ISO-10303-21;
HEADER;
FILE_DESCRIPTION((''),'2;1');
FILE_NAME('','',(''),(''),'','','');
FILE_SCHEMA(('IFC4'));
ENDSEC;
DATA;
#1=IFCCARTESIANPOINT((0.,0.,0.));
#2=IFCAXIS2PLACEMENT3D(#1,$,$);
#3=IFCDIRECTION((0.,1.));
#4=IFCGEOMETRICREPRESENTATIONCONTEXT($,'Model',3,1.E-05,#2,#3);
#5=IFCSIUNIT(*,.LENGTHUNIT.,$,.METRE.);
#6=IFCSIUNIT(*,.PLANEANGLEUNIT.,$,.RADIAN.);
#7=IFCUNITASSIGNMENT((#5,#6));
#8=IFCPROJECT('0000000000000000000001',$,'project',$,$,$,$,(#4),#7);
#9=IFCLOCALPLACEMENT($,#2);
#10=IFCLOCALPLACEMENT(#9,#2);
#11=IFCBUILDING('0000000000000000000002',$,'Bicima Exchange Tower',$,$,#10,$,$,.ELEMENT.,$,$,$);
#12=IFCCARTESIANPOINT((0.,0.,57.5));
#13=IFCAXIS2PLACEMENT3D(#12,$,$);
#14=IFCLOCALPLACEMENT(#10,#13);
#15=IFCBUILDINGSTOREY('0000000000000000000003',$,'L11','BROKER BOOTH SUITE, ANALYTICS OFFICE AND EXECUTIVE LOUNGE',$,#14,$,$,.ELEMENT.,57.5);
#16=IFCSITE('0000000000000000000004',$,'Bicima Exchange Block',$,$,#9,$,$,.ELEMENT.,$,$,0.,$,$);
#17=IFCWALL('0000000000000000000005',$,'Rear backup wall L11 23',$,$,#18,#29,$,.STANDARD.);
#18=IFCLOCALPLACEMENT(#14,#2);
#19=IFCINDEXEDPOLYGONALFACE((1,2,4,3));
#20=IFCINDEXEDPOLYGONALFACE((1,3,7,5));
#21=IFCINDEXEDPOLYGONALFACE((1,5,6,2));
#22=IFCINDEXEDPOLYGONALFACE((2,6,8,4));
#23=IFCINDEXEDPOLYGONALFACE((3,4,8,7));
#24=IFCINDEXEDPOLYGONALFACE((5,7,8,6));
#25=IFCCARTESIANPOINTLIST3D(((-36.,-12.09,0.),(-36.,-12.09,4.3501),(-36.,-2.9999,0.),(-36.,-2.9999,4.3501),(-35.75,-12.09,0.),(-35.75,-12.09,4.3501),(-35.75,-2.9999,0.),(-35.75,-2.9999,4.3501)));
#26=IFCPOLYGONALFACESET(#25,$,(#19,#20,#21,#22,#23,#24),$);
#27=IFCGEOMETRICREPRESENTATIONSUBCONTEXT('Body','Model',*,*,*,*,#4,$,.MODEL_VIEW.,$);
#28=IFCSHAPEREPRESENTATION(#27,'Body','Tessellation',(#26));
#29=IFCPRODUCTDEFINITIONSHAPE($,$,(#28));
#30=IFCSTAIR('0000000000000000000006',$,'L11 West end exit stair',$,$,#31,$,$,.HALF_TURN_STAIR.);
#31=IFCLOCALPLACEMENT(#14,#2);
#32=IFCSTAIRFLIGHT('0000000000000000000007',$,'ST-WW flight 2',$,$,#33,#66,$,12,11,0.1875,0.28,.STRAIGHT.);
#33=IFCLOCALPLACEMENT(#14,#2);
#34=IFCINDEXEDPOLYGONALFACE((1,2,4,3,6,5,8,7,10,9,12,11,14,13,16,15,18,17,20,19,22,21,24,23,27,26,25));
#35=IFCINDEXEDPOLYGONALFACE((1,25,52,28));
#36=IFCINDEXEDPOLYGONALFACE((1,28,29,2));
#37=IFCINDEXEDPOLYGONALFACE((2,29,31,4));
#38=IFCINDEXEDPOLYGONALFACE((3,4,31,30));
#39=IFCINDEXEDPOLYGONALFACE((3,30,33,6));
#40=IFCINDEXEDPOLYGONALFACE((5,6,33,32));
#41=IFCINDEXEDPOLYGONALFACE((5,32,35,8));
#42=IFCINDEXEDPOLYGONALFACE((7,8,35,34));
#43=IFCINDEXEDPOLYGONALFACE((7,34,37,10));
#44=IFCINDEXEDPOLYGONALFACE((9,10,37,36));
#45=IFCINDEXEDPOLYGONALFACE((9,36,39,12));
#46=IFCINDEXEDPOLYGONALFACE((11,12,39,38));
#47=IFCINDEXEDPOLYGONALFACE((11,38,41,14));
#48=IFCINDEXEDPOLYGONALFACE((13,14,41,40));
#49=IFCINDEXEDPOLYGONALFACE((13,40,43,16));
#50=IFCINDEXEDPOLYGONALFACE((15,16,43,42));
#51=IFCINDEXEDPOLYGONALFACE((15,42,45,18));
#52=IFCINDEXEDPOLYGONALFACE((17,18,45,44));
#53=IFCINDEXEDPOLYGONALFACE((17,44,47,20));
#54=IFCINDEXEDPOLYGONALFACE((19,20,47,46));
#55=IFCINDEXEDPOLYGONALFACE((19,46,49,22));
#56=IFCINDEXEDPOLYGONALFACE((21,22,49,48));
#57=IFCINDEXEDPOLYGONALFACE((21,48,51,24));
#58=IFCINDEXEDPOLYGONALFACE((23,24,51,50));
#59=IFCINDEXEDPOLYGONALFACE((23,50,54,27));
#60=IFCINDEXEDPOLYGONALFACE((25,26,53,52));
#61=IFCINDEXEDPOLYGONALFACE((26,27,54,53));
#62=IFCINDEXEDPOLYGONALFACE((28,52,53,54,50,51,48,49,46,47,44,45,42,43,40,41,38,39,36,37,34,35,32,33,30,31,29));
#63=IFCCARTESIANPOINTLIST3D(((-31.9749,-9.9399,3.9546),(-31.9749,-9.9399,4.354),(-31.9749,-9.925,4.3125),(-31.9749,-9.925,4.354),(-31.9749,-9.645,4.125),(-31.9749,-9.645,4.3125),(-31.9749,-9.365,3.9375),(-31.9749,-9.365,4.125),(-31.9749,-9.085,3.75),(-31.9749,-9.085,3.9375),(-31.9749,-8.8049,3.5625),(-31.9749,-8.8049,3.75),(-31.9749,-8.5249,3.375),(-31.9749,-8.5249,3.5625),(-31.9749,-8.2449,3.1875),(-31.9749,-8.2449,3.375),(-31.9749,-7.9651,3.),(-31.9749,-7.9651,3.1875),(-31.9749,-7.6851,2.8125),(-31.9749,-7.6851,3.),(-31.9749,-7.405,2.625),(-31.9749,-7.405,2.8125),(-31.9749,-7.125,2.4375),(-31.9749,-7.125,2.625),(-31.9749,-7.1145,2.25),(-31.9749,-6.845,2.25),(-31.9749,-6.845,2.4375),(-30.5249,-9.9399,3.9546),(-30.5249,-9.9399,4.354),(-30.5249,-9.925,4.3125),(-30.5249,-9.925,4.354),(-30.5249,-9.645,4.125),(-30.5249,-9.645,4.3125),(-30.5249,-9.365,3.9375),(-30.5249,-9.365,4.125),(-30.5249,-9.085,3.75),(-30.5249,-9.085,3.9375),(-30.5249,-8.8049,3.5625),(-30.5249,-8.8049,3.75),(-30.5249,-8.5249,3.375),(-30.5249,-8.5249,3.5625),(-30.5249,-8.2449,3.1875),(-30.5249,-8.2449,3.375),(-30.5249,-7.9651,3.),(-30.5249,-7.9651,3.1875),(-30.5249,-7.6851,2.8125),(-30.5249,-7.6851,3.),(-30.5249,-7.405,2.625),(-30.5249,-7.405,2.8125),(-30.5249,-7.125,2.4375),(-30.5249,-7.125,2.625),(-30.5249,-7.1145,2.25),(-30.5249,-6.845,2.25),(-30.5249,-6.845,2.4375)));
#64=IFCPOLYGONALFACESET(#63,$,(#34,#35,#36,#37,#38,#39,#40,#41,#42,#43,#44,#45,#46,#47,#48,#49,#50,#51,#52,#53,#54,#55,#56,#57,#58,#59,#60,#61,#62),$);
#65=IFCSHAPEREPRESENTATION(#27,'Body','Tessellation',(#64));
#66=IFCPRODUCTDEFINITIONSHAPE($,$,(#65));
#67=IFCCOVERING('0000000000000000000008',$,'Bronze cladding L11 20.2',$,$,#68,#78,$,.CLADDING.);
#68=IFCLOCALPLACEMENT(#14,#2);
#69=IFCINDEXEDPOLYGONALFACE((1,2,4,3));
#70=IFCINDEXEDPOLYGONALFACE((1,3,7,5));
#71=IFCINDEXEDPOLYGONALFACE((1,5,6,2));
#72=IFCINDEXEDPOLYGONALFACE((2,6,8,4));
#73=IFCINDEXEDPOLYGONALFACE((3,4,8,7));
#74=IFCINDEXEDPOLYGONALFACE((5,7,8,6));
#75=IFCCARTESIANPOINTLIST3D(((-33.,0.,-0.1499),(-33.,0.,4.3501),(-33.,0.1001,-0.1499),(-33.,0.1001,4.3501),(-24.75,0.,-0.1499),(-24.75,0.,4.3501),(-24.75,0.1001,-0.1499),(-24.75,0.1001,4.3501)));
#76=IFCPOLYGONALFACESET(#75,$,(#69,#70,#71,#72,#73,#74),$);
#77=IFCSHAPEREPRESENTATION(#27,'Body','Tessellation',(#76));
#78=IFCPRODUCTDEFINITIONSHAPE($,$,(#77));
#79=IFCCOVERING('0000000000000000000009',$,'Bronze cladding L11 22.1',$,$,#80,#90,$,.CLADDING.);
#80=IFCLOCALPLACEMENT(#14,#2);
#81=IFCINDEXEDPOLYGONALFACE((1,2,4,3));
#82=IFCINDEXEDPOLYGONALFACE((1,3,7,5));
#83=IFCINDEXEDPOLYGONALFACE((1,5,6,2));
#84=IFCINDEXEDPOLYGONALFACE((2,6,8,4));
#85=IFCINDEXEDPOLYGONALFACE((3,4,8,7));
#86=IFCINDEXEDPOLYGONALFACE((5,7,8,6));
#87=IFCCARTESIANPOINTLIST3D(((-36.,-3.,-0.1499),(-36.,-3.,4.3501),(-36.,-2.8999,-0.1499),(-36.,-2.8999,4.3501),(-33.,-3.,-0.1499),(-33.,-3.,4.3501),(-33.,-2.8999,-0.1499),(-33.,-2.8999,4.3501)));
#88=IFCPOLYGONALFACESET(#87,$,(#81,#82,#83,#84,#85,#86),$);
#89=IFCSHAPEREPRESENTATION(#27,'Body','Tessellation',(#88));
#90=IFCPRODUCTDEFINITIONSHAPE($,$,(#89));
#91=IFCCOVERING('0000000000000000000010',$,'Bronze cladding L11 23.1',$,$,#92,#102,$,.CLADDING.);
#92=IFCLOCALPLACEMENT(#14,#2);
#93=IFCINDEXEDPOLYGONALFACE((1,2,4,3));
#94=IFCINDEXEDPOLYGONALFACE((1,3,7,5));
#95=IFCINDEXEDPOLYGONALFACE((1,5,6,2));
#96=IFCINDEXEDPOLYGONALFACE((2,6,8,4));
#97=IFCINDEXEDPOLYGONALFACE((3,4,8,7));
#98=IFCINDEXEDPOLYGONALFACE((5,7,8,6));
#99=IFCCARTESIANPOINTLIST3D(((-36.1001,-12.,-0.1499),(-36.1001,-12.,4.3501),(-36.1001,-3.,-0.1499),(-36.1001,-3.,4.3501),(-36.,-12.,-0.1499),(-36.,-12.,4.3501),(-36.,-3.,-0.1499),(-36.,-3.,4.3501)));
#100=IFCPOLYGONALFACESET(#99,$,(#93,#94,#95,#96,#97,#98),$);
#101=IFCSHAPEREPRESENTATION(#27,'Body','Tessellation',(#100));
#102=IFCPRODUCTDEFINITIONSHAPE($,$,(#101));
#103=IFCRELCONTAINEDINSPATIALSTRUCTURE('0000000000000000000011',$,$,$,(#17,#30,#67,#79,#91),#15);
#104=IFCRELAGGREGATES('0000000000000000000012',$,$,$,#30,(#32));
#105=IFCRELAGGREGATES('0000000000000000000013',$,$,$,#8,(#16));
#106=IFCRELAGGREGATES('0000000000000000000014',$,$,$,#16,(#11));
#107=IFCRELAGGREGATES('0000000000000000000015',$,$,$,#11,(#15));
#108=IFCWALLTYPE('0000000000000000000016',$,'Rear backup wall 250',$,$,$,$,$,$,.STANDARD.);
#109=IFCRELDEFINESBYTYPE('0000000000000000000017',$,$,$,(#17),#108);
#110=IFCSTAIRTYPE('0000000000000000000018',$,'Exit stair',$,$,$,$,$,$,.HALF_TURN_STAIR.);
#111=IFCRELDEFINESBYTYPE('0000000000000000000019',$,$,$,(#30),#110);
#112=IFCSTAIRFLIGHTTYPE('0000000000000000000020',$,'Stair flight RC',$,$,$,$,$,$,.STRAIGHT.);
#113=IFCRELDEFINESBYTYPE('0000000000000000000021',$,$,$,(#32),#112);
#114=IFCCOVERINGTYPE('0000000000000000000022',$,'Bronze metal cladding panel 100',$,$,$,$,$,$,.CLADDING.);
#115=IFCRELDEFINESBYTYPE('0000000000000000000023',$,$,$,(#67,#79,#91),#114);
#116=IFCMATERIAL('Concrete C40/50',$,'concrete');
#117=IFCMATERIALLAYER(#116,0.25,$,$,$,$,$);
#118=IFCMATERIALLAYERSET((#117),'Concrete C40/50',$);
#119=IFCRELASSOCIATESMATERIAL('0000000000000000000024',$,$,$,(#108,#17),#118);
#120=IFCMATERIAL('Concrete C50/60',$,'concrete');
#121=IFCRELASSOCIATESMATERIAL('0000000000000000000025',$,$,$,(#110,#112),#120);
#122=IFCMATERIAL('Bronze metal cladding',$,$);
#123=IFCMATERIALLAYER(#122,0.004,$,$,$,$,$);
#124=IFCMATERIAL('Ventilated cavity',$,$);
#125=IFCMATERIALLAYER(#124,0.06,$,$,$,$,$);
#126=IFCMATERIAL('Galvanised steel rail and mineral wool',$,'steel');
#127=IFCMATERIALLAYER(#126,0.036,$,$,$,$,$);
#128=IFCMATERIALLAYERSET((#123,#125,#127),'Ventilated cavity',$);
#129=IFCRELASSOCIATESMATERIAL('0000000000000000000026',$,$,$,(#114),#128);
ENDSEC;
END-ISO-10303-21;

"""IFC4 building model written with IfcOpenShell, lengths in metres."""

from ifc_helpers import new_model, si_unit, direction, frame, frame_2d, origin, origin_2d, place, context, subcontext, project, spatial, polyline, rectangle, outline, extrude, material, layer, layer_set, layer_usage, type_object, element, aggregate, save


model = new_model("IFC4")

# Units and contexts
model_context = context("Model", 3, precision=1e-05, world=origin(), true_north=direction((0.0, 1.0)))
body_context = subcontext(model_context, "Body", "Model", "MODEL_VIEW")
ifc_project = project(units=[si_unit("LENGTHUNIT", "METRE"), si_unit("PLANEANGLEUNIT", "RADIAN")], contexts=[model_context])

# Site, building, storey
site_placement = place(None, origin())
site = spatial("IfcSite", under=ifc_project, at=site_placement, Name="Bicima Exchange Block", CompositionType="ELEMENT", RefElevation=0.0)
building_placement = place(site_placement, origin())
building = spatial("IfcBuilding", under=site, at=building_placement, Name="Bicima Exchange Tower", CompositionType="ELEMENT")
storey_placement = place(building_placement, frame((0.0, 0.0, 57.5)))
storey = spatial("IfcBuildingStorey", under=building, at=storey_placement, Name="L11", Description="BROKER BOOTH SUITE, ANALYTICS OFFICE AND EXECUTIVE LOUNGE", CompositionType="ELEMENT", Elevation=57.5)

# Wall
ifc_material_1 = material(Name="Concrete C50/60", Category="concrete")
ifc_material_2 = material(Name="Concrete C40/50", Category="concrete")
ifc_layer_1 = layer(ifc_material_2, 0.25)
ifc_layer_set_1 = layer_set([ifc_layer_1], Name="Concrete C40/50")
ifc_layer_usage = layer_usage(ifc_layer_set_1, "AXIS2", "POSITIVE", -0.125)
wall_type_1 = type_object("IfcWallType", Name="Rear backup wall 250", PredefinedType="STANDARD", material=ifc_layer_set_1)
wall_1_placement = place(storey_placement, frame((-35.875, -3.0, 0.0), z_axis=(0.0, 0.0, 1.0), x_axis=(0.0, -1.0, 0.0)))
element("IfcWall", 1, at=wall_1_placement, inside=storey, type_object=wall_type_1, material=ifc_layer_usage, Name="Rear backup wall L11 23", PredefinedType="STANDARD", context=body_context, shape_type="SweptSolid", body=[
    extrude(rectangle(XDim=9.0901, YDim=0.25, at=frame_2d((4.5449, 0.0))), origin(), (0.0, 0.0, 1.0), 4.3501),
])

# Stair, stair flight
stair_type = type_object("IfcStairType", Name="Exit stair", PredefinedType="HALF_TURN_STAIR", material=ifc_material_1)
stair_placement = place(storey_placement, origin())
stair = element("IfcStair", 2, at=stair_placement, inside=storey, type_object=stair_type, Name="L11 West end exit stair", PredefinedType="HALF_TURN_STAIR")
stair_flight_type = type_object("IfcStairFlightType", Name="Stair flight RC", PredefinedType="STRAIGHT", material=ifc_material_1)
stair_flight_placement = place(storey_placement, frame((-31.25, -6.845, 2.25), z_axis=(0.0, 0.0, 1.0), x_axis=(0.0, -1.0, 0.0)))
stair_flight = element("IfcStairFlight", 3, at=stair_flight_placement, type_object=stair_flight_type, Name="ST-WW flight 2", NumberOfRisers=12, NumberOfTreads=11, PredefinedType="STRAIGHT", RiserHeight=0.1875, TreadLength=0.28, context=body_context, shape_type="SweptSolid", body=[
    extrude(outline(polyline([(0.0, 0.0), (0.0, 0.1875), (0.28, 0.1875), (0.28, 0.375), (0.5601, 0.375), (0.5601, 0.5625), (0.8401, 0.5625), (0.8401, 0.75), (1.1201, 0.75), (1.1201, 0.9375), (1.3999, 0.9375), (1.3999, 1.125), (1.6799, 1.125), (1.6799, 1.3125), (1.96, 1.3125), (1.96, 1.5), (2.24, 1.5), (2.24, 1.6875), (2.52, 1.6875), (2.52, 1.875), (2.8, 1.875), (2.8, 2.0625), (3.0801, 2.0625), (3.0801, 2.104), (3.095, 2.104), (3.095, 1.7046), (0.2695, 0.0), (0.0, 0.0)])), frame((0.0, 0.7251, 0.0), z_axis=(0.0, -1.0, 0.0), x_axis=(1.0, 0.0, 0.0)), (0.0, 0.0, 1.0), 1.45),
])
aggregate(stair, [stair_flight])

# Coverings
ifc_material_3 = material(Name="Bronze metal cladding")
ifc_layer_2 = layer(ifc_material_3, 0.004)
ifc_material_4 = material(Name="Ventilated cavity")
ifc_layer_3 = layer(ifc_material_4, 0.06)
ifc_material_5 = material(Name="Galvanised steel rail and mineral wool", Category="steel")
ifc_layer_4 = layer(ifc_material_5, 0.036)
ifc_layer_set_2 = layer_set([ifc_layer_2, ifc_layer_3, ifc_layer_4], Name="Ventilated cavity")
covering_type = type_object("IfcCoveringType", Name="Bronze metal cladding panel 100", PredefinedType="CLADDING", material=ifc_layer_set_2)
covering_1_placement = place(storey_placement, frame((-28.875, 0.05, -0.1499), z_axis=(0.0, 0.0, 1.0), x_axis=(-1.0, 0.0, 0.0)))
element("IfcCovering", 4, at=covering_1_placement, inside=storey, type_object=covering_type, Name="Bronze cladding L11 20.2", PredefinedType="CLADDING", context=body_context, shape_type="SweptSolid", body=[
    extrude(rectangle(XDim=8.25, YDim=0.1001, at=origin_2d()), origin(), (0.0, 0.0, 1.0), 4.5),
])
covering_2_placement = place(storey_placement, frame((-34.5, -2.95, -0.1499), z_axis=(0.0, 0.0, 1.0), x_axis=(-1.0, 0.0, 0.0)))
element("IfcCovering", 5, at=covering_2_placement, inside=storey, type_object=covering_type, Name="Bronze cladding L11 22.1", PredefinedType="CLADDING", context=body_context, shape_type="SweptSolid", body=[
    extrude(rectangle(XDim=3.0, YDim=0.1001, at=origin_2d()), origin(), (0.0, 0.0, 1.0), 4.5),
])
covering_3_placement = place(storey_placement, frame((-36.05, -7.5, -0.1499), z_axis=(0.0, 0.0, 1.0), x_axis=(0.0, -1.0, 0.0)))
element("IfcCovering", 6, at=covering_3_placement, inside=storey, type_object=covering_type, Name="Bronze cladding L11 23.1", PredefinedType="CLADDING", context=body_context, shape_type="SweptSolid", body=[
    extrude(rectangle(XDim=9.0, YDim=0.1001, at=origin_2d()), origin(), (0.0, 0.0, 1.0), 4.5),
])

save(model, "model.ifc")
